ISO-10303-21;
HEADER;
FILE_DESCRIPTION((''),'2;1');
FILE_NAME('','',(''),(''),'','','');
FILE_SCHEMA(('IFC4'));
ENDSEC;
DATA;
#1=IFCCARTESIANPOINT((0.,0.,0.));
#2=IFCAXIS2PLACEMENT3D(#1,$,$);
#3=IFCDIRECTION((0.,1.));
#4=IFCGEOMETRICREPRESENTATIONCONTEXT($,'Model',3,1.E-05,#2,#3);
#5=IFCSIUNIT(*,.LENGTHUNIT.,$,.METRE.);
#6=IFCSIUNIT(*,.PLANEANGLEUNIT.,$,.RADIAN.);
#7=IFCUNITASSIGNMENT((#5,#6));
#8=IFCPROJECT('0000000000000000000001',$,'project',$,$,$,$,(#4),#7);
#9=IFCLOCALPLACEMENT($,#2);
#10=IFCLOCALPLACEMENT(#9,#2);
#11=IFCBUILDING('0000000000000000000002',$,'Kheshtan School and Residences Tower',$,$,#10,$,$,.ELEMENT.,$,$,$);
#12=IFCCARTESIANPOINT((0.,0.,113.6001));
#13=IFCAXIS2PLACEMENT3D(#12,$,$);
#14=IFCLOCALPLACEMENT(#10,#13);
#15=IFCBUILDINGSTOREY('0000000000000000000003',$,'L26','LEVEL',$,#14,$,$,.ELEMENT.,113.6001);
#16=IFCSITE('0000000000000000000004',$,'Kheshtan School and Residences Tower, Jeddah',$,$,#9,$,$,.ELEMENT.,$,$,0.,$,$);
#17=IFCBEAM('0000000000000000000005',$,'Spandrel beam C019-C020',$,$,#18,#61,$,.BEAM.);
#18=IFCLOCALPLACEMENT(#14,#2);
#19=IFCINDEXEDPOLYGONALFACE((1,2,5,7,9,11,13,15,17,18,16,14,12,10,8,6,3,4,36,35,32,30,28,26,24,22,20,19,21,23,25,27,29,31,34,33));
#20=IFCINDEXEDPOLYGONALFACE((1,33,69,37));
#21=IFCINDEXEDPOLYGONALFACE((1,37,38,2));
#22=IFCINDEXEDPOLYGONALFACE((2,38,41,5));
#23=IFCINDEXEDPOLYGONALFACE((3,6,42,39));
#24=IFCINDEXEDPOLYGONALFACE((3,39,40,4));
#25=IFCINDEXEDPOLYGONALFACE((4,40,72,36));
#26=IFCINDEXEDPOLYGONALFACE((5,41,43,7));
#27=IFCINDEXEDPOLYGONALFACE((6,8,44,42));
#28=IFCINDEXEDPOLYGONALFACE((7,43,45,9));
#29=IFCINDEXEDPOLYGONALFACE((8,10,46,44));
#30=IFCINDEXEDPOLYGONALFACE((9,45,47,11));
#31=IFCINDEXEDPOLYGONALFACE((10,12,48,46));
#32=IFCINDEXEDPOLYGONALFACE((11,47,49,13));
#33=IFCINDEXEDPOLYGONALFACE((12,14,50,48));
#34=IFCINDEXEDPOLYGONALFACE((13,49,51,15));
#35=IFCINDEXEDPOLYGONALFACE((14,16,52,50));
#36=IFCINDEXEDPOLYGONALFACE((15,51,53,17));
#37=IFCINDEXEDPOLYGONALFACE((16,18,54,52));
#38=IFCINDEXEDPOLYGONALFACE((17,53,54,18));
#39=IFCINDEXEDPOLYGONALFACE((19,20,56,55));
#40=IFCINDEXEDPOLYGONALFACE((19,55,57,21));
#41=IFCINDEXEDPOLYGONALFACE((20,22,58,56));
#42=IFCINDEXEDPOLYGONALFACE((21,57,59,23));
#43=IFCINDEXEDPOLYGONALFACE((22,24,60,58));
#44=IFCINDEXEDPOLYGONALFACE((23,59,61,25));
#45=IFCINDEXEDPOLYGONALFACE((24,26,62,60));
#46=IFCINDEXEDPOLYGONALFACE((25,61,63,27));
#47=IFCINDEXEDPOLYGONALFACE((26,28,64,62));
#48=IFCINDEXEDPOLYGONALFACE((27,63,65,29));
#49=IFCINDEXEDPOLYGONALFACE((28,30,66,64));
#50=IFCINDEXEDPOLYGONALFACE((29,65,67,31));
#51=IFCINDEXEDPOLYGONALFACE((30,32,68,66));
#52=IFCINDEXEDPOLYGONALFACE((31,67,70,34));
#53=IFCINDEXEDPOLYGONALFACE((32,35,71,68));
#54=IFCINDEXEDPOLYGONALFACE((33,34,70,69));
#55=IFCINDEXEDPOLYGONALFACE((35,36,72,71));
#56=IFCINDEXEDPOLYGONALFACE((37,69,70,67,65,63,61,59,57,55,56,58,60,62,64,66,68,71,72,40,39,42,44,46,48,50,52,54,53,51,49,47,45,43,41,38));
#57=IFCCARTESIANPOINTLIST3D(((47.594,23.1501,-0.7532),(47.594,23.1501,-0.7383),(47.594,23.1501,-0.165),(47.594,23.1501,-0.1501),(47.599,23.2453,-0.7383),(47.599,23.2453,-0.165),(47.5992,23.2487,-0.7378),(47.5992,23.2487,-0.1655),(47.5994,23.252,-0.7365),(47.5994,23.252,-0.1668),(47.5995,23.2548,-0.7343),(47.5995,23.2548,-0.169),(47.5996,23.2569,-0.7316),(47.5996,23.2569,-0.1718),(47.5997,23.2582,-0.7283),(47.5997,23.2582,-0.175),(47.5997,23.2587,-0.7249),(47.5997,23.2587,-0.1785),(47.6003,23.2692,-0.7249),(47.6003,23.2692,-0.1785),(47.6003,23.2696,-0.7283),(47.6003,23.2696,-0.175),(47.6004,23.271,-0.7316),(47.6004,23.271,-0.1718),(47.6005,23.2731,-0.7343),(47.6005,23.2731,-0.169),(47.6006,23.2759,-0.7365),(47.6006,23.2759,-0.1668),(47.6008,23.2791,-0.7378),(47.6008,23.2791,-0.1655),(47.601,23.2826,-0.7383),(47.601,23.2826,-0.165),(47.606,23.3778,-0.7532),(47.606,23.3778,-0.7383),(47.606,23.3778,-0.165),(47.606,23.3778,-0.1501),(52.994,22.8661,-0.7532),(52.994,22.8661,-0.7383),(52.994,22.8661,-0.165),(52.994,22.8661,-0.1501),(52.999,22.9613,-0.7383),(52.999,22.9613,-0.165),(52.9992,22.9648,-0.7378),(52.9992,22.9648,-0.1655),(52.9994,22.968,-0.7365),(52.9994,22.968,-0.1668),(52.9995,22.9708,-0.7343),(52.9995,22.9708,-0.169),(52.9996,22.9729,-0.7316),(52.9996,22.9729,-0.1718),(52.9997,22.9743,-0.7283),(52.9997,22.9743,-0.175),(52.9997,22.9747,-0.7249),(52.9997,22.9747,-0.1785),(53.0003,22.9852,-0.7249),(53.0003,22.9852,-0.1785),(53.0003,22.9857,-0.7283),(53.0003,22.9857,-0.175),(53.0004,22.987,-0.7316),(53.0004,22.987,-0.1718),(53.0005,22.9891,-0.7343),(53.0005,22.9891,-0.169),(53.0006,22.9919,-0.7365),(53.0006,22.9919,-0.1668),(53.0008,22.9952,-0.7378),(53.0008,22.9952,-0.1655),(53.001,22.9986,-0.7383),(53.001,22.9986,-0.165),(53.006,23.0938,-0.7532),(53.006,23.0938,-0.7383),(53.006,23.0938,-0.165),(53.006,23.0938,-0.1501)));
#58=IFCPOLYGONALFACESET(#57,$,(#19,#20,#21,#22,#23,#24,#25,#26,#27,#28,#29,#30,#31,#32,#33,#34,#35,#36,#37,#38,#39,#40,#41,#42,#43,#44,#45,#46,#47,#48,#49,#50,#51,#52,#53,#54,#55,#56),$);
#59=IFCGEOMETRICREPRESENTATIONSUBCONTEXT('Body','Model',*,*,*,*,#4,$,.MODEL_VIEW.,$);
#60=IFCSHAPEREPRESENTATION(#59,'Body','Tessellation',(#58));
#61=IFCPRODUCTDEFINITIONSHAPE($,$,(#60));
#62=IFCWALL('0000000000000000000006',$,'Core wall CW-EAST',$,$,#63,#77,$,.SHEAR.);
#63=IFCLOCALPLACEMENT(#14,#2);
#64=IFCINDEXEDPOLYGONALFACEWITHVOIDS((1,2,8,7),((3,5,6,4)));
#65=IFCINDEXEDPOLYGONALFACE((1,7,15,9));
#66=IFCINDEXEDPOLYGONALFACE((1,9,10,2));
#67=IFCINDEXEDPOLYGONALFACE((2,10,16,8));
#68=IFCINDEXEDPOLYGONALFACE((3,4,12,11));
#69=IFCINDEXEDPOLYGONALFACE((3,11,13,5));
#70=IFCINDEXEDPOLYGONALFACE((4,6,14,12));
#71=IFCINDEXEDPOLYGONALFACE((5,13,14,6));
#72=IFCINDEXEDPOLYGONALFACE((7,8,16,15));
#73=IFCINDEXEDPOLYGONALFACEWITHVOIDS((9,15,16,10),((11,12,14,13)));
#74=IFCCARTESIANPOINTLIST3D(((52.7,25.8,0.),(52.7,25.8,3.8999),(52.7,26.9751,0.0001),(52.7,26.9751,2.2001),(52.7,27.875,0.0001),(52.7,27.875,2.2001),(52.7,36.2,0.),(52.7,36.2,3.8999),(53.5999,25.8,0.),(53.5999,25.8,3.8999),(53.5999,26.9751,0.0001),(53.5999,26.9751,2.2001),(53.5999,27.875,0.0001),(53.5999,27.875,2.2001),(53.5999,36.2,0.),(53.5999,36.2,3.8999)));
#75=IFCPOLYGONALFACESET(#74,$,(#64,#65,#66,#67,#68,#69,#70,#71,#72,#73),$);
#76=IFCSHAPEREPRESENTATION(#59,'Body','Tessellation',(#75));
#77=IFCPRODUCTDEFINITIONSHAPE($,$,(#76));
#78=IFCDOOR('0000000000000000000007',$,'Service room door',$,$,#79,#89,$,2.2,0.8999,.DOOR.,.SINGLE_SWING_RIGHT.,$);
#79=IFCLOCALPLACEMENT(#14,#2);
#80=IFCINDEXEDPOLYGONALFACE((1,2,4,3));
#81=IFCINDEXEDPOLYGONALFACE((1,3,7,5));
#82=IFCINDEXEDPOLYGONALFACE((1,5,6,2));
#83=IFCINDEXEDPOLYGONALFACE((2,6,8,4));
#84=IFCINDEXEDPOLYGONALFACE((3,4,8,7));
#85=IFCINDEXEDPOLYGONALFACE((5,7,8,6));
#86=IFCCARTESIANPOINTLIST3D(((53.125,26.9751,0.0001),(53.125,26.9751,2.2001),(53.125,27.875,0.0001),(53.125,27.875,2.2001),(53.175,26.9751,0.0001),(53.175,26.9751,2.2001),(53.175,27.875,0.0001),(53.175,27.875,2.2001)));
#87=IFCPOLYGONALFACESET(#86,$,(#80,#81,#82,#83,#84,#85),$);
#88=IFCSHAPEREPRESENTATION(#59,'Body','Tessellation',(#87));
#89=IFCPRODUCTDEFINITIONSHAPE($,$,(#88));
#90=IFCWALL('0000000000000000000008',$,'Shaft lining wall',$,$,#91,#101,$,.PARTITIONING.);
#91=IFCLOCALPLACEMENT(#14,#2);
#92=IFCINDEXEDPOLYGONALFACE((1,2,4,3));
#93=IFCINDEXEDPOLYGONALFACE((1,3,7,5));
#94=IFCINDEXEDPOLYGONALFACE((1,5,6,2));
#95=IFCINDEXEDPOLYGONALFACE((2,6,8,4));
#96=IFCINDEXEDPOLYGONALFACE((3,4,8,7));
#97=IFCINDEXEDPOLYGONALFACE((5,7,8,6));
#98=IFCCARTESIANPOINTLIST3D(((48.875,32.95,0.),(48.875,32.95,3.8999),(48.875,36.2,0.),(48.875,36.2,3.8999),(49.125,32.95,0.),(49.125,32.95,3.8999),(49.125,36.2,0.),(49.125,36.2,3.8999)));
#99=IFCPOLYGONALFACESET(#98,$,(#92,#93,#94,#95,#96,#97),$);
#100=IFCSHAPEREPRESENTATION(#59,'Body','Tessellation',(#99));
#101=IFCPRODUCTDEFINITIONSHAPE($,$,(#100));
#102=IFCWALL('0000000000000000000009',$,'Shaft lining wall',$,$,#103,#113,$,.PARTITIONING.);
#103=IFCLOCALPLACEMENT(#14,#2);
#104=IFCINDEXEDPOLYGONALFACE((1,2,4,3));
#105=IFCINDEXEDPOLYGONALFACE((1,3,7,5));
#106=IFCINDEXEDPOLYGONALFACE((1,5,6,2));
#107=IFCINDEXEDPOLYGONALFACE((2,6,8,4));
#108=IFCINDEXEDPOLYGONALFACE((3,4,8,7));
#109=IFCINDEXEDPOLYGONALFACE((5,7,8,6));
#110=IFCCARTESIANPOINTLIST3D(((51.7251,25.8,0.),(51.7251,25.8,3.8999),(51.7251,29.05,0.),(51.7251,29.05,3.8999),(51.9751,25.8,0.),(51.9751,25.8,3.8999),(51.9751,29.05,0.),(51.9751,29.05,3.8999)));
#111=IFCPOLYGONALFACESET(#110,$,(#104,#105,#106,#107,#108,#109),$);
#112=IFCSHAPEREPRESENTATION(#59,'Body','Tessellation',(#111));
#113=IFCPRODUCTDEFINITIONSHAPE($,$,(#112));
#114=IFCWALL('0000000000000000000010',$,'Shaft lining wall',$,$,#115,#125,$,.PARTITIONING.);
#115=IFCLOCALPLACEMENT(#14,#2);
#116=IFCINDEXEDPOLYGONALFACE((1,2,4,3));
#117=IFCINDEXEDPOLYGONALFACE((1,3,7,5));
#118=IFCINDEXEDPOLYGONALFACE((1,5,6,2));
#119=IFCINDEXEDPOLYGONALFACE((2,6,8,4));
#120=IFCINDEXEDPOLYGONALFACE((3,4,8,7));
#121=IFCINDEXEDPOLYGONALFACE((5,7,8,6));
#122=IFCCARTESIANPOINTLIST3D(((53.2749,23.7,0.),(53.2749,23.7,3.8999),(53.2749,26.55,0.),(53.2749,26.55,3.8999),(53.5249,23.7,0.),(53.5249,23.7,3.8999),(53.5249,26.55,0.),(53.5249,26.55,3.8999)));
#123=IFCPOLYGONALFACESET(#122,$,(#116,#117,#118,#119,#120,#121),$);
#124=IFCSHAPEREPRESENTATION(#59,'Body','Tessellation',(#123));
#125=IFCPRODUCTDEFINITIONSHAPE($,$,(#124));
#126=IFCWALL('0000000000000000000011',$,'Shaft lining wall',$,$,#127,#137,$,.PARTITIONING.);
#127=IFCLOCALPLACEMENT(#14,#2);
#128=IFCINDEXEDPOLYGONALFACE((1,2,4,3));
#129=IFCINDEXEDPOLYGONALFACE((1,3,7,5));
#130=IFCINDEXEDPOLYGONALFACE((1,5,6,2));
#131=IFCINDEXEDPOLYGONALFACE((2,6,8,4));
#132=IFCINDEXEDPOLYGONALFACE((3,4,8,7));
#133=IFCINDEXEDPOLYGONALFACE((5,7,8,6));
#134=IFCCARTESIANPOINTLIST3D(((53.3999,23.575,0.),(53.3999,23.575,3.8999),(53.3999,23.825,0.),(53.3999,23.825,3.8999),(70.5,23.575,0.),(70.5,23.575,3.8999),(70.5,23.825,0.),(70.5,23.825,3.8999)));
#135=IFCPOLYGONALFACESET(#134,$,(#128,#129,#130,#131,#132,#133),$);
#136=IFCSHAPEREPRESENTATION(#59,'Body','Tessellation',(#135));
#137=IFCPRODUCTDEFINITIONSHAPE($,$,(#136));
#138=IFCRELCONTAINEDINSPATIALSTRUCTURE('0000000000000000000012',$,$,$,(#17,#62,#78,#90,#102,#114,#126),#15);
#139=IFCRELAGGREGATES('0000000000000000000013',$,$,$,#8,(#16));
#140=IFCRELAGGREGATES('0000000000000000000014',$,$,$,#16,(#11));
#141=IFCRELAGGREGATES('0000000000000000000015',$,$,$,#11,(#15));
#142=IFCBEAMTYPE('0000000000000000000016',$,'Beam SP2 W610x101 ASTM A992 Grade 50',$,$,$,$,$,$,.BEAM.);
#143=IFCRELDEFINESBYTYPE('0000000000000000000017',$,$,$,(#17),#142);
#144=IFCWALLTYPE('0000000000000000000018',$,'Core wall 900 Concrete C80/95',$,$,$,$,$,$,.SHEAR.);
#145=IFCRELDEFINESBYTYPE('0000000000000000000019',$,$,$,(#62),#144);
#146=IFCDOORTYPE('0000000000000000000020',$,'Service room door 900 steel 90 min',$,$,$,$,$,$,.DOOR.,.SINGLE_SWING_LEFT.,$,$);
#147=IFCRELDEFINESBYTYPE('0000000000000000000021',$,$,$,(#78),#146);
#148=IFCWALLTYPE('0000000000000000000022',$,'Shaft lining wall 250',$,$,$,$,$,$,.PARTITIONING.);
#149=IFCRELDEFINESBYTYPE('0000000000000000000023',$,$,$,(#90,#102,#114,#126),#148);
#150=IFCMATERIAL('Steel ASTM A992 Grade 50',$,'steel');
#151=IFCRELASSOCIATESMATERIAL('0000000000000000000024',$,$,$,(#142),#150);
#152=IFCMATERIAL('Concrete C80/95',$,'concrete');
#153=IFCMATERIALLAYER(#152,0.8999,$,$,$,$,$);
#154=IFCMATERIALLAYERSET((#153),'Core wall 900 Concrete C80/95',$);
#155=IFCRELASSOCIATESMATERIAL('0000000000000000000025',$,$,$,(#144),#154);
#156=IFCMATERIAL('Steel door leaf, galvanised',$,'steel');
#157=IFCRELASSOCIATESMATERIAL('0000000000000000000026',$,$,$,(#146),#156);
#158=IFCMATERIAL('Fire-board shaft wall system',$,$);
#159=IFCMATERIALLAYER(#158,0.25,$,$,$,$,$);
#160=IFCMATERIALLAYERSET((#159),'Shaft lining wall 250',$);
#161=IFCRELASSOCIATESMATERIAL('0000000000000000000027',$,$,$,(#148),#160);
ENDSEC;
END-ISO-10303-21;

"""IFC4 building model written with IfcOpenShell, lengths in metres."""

from ifc_helpers import new_model, si_unit, direction, frame, frame_2d, origin, origin_2d, place, context, subcontext, project, spatial, rectangle, i_section, extrude, source, transform, mapped, material, layer, layer_set, material_profile, profile_set, type_object, element, fill, save


model = new_model("IFC4")

# Units and contexts
model_context = context("Model", 3, precision=1e-05, world=origin(), true_north=direction((0.0, 1.0)))
body_context = subcontext(model_context, "Body", "Model", "MODEL_VIEW")
ifc_project = project(units=[si_unit("LENGTHUNIT", "METRE"), si_unit("PLANEANGLEUNIT", "RADIAN")], contexts=[model_context])

# Site, building, storey
site_placement = place(None, origin())
site = spatial("IfcSite", under=ifc_project, at=site_placement, Name="Kheshtan School and Residences Tower, Jeddah", CompositionType="ELEMENT", RefElevation=0.0)
building_placement = place(site_placement, origin())
building = spatial("IfcBuilding", under=site, at=building_placement, Name="Kheshtan School and Residences Tower", CompositionType="ELEMENT")
storey_placement = place(building_placement, frame((0.0, 0.0, 113.6001)))
storey = spatial("IfcBuildingStorey", under=building, at=storey_placement, Name="L26", Description="LEVEL", CompositionType="ELEMENT", Elevation=113.6001)

# Shared definitions
ifc_material_1 = material(Name="Steel ASTM A992 Grade 50", Category="steel")

# Beam
ifc_material_profile_1 = material_profile(ifc_material_1, i_section(OverallWidth=0.228, OverallDepth=0.603, WebThickness=0.0105, FlangeThickness=0.0149, FilletRadius=0.0134, at=origin_2d()), Name="W610x101")
ifc_profile_set_1 = profile_set([ifc_material_profile_1], Name="Steel ASTM A992 Grade 50")
beam_type_1 = type_object("IfcBeamType", Name="Beam SP2 W610x101 ASTM A992 Grade 50", PredefinedType="BEAM", material=ifc_profile_set_1)
beam_1_placement = place(storey_placement, frame((53.0, 22.98, -0.4517), z_axis=(-0.99862, 0.052509, 0.0), x_axis=(-0.052509, -0.99862, 0.0)))
element("IfcBeam", 1, at=beam_1_placement, inside=storey, type_object=beam_type_1, Name="Spandrel beam C019-C020", PredefinedType="BEAM", context=body_context, shape_type="SweptSolid", body=[
    extrude(i_section(OverallWidth=0.228, OverallDepth=0.603, WebThickness=0.0105, FlangeThickness=0.0149, FilletRadius=0.0134, at=origin_2d()), origin(), (0.0, 0.0, 1.0), 5.4075),
])

# Wall, opening, door
ifc_material_2 = material(Name="Concrete C80/95", Category="concrete")
ifc_layer_1 = layer(ifc_material_2, 0.8999)
ifc_layer_set_1 = layer_set([ifc_layer_1], Name="Core wall 900 Concrete C80/95")
wall_type_1 = type_object("IfcWallType", Name="Core wall 900 Concrete C80/95", PredefinedType="SHEAR", material=ifc_layer_set_1)
wall_1_placement = place(storey_placement, frame((53.1499, 25.8, 0.0), z_axis=(0.0, 0.0, 1.0), x_axis=(0.0, 1.0, 0.0)))
wall_1 = element("IfcWall", 2, at=wall_1_placement, inside=storey, type_object=wall_type_1, Name="Core wall CW-EAST", PredefinedType="SHEAR", context=body_context, shape_type="SweptSolid", body=[
    extrude(rectangle(XDim=10.3999, YDim=0.8999, at=frame_2d((5.2, 0.0))), origin(), (0.0, 0.0, 1.0), 3.8999),
])
opening_1_placement = place(wall_1_placement, frame((1.175, 0.0, 0.0)))
opening_1 = element("IfcOpeningElement", 3, at=opening_1_placement, cuts=wall_1, PredefinedType="OPENING", context=body_context, shape_type="SweptSolid", body=[
    extrude(rectangle(XDim=0.8999, YDim=2.2, at=frame_2d((0.45, 1.1001))), frame((0.0, 0.46, 0.0), z_axis=(0.0, -1.0, 0.0), x_axis=(1.0, 0.0, 0.0)), (0.0, 0.0, 1.0), 0.9199),
])
ifc_material_3 = material(Name="Steel door leaf, galvanised", Category="steel")
door_type_1 = type_object("IfcDoorType", Name="Service room door 900 steel 90 min", OperationType="SINGLE_SWING_LEFT", PredefinedType="DOOR", material=ifc_material_3)
shared_shape_1 = source(origin(), body_context, "Body", "SweptSolid", [
    extrude(rectangle(XDim=0.8999, YDim=2.2, at=frame_2d((0.45, 1.1001))), frame((0.0, 0.0249, 0.0), z_axis=(0.0, -1.0, 0.0), x_axis=(1.0, 0.0, 0.0)), (0.0, 0.0, 1.0), 0.05),
])
door_1_placement = place(opening_1_placement, origin())
door_1 = element("IfcDoor", 4, at=door_1_placement, inside=storey, type_object=door_type_1, Name="Service room door", OperationType="SINGLE_SWING_RIGHT", OverallHeight=2.2, OverallWidth=0.8999, PredefinedType="DOOR", context=body_context, shape_type="MappedRepresentation", body=[
    mapped(shared_shape_1, transform((0.0, 0.0, 0.0), x_axis=(1.0, 0.0, 0.0), y_axis=(0.0, 1.0, 0.0), z_axis=(0.0, 0.0, 1.0), scale=1.0)),
])
fill(opening_1, door_1)

# Walls
ifc_material_4 = material(Name="Fire-board shaft wall system")
ifc_layer_2 = layer(ifc_material_4, 0.25)
ifc_layer_set_2 = layer_set([ifc_layer_2], Name="Shaft lining wall 250")
wall_type_2 = type_object("IfcWallType", Name="Shaft lining wall 250", PredefinedType="PARTITIONING", material=ifc_layer_set_2)
for number, where, z_axis, x_axis, name in (
    (5, (49.0, 32.95, 0.0), (0.0, 0.0, 1.0), (0.0, 1.0, 0.0), "Shaft lining wall"),
    (6, (51.8501, 25.8, 0.0), (0.0, 0.0, 1.0), (0.0, 1.0, 0.0), "Shaft lining wall"),
):
    element("IfcWall", number, at=place(storey_placement, frame(where, z_axis=z_axis, x_axis=x_axis)), inside=storey, type_object=wall_type_2, Name=name, PredefinedType="PARTITIONING", context=body_context, shape_type="SweptSolid", body=[
        extrude(rectangle(XDim=3.25, YDim=0.25, at=frame_2d((1.625, 0.0))), origin(), (0.0, 0.0, 1.0), 3.8999),
    ])
wall_2_placement = place(storey_placement, frame((53.3999, 23.7, 0.0), z_axis=(0.0, 0.0, 1.0), x_axis=(0.0, 1.0, 0.0)))
element("IfcWall", 7, at=wall_2_placement, inside=storey, type_object=wall_type_2, Name="Shaft lining wall", PredefinedType="PARTITIONING", context=body_context, shape_type="SweptSolid", body=[
    extrude(rectangle(XDim=2.8501, YDim=0.25, at=frame_2d((1.425, 0.0))), origin(), (0.0, 0.0, 1.0), 3.8999),
])
wall_3_placement = place(storey_placement, frame((53.3999, 23.7, 0.0), z_axis=(0.0, 0.0, 1.0), x_axis=(1.0, 0.0, 0.0)))
element("IfcWall", 8, at=wall_3_placement, inside=storey, type_object=wall_type_2, Name="Shaft lining wall", PredefinedType="PARTITIONING", context=body_context, shape_type="SweptSolid", body=[
    extrude(rectangle(XDim=17.1001, YDim=0.25, at=frame_2d((8.55, 0.0))), origin(), (0.0, 0.0, 1.0), 3.8999),
])

save(model, "model.ifc")
